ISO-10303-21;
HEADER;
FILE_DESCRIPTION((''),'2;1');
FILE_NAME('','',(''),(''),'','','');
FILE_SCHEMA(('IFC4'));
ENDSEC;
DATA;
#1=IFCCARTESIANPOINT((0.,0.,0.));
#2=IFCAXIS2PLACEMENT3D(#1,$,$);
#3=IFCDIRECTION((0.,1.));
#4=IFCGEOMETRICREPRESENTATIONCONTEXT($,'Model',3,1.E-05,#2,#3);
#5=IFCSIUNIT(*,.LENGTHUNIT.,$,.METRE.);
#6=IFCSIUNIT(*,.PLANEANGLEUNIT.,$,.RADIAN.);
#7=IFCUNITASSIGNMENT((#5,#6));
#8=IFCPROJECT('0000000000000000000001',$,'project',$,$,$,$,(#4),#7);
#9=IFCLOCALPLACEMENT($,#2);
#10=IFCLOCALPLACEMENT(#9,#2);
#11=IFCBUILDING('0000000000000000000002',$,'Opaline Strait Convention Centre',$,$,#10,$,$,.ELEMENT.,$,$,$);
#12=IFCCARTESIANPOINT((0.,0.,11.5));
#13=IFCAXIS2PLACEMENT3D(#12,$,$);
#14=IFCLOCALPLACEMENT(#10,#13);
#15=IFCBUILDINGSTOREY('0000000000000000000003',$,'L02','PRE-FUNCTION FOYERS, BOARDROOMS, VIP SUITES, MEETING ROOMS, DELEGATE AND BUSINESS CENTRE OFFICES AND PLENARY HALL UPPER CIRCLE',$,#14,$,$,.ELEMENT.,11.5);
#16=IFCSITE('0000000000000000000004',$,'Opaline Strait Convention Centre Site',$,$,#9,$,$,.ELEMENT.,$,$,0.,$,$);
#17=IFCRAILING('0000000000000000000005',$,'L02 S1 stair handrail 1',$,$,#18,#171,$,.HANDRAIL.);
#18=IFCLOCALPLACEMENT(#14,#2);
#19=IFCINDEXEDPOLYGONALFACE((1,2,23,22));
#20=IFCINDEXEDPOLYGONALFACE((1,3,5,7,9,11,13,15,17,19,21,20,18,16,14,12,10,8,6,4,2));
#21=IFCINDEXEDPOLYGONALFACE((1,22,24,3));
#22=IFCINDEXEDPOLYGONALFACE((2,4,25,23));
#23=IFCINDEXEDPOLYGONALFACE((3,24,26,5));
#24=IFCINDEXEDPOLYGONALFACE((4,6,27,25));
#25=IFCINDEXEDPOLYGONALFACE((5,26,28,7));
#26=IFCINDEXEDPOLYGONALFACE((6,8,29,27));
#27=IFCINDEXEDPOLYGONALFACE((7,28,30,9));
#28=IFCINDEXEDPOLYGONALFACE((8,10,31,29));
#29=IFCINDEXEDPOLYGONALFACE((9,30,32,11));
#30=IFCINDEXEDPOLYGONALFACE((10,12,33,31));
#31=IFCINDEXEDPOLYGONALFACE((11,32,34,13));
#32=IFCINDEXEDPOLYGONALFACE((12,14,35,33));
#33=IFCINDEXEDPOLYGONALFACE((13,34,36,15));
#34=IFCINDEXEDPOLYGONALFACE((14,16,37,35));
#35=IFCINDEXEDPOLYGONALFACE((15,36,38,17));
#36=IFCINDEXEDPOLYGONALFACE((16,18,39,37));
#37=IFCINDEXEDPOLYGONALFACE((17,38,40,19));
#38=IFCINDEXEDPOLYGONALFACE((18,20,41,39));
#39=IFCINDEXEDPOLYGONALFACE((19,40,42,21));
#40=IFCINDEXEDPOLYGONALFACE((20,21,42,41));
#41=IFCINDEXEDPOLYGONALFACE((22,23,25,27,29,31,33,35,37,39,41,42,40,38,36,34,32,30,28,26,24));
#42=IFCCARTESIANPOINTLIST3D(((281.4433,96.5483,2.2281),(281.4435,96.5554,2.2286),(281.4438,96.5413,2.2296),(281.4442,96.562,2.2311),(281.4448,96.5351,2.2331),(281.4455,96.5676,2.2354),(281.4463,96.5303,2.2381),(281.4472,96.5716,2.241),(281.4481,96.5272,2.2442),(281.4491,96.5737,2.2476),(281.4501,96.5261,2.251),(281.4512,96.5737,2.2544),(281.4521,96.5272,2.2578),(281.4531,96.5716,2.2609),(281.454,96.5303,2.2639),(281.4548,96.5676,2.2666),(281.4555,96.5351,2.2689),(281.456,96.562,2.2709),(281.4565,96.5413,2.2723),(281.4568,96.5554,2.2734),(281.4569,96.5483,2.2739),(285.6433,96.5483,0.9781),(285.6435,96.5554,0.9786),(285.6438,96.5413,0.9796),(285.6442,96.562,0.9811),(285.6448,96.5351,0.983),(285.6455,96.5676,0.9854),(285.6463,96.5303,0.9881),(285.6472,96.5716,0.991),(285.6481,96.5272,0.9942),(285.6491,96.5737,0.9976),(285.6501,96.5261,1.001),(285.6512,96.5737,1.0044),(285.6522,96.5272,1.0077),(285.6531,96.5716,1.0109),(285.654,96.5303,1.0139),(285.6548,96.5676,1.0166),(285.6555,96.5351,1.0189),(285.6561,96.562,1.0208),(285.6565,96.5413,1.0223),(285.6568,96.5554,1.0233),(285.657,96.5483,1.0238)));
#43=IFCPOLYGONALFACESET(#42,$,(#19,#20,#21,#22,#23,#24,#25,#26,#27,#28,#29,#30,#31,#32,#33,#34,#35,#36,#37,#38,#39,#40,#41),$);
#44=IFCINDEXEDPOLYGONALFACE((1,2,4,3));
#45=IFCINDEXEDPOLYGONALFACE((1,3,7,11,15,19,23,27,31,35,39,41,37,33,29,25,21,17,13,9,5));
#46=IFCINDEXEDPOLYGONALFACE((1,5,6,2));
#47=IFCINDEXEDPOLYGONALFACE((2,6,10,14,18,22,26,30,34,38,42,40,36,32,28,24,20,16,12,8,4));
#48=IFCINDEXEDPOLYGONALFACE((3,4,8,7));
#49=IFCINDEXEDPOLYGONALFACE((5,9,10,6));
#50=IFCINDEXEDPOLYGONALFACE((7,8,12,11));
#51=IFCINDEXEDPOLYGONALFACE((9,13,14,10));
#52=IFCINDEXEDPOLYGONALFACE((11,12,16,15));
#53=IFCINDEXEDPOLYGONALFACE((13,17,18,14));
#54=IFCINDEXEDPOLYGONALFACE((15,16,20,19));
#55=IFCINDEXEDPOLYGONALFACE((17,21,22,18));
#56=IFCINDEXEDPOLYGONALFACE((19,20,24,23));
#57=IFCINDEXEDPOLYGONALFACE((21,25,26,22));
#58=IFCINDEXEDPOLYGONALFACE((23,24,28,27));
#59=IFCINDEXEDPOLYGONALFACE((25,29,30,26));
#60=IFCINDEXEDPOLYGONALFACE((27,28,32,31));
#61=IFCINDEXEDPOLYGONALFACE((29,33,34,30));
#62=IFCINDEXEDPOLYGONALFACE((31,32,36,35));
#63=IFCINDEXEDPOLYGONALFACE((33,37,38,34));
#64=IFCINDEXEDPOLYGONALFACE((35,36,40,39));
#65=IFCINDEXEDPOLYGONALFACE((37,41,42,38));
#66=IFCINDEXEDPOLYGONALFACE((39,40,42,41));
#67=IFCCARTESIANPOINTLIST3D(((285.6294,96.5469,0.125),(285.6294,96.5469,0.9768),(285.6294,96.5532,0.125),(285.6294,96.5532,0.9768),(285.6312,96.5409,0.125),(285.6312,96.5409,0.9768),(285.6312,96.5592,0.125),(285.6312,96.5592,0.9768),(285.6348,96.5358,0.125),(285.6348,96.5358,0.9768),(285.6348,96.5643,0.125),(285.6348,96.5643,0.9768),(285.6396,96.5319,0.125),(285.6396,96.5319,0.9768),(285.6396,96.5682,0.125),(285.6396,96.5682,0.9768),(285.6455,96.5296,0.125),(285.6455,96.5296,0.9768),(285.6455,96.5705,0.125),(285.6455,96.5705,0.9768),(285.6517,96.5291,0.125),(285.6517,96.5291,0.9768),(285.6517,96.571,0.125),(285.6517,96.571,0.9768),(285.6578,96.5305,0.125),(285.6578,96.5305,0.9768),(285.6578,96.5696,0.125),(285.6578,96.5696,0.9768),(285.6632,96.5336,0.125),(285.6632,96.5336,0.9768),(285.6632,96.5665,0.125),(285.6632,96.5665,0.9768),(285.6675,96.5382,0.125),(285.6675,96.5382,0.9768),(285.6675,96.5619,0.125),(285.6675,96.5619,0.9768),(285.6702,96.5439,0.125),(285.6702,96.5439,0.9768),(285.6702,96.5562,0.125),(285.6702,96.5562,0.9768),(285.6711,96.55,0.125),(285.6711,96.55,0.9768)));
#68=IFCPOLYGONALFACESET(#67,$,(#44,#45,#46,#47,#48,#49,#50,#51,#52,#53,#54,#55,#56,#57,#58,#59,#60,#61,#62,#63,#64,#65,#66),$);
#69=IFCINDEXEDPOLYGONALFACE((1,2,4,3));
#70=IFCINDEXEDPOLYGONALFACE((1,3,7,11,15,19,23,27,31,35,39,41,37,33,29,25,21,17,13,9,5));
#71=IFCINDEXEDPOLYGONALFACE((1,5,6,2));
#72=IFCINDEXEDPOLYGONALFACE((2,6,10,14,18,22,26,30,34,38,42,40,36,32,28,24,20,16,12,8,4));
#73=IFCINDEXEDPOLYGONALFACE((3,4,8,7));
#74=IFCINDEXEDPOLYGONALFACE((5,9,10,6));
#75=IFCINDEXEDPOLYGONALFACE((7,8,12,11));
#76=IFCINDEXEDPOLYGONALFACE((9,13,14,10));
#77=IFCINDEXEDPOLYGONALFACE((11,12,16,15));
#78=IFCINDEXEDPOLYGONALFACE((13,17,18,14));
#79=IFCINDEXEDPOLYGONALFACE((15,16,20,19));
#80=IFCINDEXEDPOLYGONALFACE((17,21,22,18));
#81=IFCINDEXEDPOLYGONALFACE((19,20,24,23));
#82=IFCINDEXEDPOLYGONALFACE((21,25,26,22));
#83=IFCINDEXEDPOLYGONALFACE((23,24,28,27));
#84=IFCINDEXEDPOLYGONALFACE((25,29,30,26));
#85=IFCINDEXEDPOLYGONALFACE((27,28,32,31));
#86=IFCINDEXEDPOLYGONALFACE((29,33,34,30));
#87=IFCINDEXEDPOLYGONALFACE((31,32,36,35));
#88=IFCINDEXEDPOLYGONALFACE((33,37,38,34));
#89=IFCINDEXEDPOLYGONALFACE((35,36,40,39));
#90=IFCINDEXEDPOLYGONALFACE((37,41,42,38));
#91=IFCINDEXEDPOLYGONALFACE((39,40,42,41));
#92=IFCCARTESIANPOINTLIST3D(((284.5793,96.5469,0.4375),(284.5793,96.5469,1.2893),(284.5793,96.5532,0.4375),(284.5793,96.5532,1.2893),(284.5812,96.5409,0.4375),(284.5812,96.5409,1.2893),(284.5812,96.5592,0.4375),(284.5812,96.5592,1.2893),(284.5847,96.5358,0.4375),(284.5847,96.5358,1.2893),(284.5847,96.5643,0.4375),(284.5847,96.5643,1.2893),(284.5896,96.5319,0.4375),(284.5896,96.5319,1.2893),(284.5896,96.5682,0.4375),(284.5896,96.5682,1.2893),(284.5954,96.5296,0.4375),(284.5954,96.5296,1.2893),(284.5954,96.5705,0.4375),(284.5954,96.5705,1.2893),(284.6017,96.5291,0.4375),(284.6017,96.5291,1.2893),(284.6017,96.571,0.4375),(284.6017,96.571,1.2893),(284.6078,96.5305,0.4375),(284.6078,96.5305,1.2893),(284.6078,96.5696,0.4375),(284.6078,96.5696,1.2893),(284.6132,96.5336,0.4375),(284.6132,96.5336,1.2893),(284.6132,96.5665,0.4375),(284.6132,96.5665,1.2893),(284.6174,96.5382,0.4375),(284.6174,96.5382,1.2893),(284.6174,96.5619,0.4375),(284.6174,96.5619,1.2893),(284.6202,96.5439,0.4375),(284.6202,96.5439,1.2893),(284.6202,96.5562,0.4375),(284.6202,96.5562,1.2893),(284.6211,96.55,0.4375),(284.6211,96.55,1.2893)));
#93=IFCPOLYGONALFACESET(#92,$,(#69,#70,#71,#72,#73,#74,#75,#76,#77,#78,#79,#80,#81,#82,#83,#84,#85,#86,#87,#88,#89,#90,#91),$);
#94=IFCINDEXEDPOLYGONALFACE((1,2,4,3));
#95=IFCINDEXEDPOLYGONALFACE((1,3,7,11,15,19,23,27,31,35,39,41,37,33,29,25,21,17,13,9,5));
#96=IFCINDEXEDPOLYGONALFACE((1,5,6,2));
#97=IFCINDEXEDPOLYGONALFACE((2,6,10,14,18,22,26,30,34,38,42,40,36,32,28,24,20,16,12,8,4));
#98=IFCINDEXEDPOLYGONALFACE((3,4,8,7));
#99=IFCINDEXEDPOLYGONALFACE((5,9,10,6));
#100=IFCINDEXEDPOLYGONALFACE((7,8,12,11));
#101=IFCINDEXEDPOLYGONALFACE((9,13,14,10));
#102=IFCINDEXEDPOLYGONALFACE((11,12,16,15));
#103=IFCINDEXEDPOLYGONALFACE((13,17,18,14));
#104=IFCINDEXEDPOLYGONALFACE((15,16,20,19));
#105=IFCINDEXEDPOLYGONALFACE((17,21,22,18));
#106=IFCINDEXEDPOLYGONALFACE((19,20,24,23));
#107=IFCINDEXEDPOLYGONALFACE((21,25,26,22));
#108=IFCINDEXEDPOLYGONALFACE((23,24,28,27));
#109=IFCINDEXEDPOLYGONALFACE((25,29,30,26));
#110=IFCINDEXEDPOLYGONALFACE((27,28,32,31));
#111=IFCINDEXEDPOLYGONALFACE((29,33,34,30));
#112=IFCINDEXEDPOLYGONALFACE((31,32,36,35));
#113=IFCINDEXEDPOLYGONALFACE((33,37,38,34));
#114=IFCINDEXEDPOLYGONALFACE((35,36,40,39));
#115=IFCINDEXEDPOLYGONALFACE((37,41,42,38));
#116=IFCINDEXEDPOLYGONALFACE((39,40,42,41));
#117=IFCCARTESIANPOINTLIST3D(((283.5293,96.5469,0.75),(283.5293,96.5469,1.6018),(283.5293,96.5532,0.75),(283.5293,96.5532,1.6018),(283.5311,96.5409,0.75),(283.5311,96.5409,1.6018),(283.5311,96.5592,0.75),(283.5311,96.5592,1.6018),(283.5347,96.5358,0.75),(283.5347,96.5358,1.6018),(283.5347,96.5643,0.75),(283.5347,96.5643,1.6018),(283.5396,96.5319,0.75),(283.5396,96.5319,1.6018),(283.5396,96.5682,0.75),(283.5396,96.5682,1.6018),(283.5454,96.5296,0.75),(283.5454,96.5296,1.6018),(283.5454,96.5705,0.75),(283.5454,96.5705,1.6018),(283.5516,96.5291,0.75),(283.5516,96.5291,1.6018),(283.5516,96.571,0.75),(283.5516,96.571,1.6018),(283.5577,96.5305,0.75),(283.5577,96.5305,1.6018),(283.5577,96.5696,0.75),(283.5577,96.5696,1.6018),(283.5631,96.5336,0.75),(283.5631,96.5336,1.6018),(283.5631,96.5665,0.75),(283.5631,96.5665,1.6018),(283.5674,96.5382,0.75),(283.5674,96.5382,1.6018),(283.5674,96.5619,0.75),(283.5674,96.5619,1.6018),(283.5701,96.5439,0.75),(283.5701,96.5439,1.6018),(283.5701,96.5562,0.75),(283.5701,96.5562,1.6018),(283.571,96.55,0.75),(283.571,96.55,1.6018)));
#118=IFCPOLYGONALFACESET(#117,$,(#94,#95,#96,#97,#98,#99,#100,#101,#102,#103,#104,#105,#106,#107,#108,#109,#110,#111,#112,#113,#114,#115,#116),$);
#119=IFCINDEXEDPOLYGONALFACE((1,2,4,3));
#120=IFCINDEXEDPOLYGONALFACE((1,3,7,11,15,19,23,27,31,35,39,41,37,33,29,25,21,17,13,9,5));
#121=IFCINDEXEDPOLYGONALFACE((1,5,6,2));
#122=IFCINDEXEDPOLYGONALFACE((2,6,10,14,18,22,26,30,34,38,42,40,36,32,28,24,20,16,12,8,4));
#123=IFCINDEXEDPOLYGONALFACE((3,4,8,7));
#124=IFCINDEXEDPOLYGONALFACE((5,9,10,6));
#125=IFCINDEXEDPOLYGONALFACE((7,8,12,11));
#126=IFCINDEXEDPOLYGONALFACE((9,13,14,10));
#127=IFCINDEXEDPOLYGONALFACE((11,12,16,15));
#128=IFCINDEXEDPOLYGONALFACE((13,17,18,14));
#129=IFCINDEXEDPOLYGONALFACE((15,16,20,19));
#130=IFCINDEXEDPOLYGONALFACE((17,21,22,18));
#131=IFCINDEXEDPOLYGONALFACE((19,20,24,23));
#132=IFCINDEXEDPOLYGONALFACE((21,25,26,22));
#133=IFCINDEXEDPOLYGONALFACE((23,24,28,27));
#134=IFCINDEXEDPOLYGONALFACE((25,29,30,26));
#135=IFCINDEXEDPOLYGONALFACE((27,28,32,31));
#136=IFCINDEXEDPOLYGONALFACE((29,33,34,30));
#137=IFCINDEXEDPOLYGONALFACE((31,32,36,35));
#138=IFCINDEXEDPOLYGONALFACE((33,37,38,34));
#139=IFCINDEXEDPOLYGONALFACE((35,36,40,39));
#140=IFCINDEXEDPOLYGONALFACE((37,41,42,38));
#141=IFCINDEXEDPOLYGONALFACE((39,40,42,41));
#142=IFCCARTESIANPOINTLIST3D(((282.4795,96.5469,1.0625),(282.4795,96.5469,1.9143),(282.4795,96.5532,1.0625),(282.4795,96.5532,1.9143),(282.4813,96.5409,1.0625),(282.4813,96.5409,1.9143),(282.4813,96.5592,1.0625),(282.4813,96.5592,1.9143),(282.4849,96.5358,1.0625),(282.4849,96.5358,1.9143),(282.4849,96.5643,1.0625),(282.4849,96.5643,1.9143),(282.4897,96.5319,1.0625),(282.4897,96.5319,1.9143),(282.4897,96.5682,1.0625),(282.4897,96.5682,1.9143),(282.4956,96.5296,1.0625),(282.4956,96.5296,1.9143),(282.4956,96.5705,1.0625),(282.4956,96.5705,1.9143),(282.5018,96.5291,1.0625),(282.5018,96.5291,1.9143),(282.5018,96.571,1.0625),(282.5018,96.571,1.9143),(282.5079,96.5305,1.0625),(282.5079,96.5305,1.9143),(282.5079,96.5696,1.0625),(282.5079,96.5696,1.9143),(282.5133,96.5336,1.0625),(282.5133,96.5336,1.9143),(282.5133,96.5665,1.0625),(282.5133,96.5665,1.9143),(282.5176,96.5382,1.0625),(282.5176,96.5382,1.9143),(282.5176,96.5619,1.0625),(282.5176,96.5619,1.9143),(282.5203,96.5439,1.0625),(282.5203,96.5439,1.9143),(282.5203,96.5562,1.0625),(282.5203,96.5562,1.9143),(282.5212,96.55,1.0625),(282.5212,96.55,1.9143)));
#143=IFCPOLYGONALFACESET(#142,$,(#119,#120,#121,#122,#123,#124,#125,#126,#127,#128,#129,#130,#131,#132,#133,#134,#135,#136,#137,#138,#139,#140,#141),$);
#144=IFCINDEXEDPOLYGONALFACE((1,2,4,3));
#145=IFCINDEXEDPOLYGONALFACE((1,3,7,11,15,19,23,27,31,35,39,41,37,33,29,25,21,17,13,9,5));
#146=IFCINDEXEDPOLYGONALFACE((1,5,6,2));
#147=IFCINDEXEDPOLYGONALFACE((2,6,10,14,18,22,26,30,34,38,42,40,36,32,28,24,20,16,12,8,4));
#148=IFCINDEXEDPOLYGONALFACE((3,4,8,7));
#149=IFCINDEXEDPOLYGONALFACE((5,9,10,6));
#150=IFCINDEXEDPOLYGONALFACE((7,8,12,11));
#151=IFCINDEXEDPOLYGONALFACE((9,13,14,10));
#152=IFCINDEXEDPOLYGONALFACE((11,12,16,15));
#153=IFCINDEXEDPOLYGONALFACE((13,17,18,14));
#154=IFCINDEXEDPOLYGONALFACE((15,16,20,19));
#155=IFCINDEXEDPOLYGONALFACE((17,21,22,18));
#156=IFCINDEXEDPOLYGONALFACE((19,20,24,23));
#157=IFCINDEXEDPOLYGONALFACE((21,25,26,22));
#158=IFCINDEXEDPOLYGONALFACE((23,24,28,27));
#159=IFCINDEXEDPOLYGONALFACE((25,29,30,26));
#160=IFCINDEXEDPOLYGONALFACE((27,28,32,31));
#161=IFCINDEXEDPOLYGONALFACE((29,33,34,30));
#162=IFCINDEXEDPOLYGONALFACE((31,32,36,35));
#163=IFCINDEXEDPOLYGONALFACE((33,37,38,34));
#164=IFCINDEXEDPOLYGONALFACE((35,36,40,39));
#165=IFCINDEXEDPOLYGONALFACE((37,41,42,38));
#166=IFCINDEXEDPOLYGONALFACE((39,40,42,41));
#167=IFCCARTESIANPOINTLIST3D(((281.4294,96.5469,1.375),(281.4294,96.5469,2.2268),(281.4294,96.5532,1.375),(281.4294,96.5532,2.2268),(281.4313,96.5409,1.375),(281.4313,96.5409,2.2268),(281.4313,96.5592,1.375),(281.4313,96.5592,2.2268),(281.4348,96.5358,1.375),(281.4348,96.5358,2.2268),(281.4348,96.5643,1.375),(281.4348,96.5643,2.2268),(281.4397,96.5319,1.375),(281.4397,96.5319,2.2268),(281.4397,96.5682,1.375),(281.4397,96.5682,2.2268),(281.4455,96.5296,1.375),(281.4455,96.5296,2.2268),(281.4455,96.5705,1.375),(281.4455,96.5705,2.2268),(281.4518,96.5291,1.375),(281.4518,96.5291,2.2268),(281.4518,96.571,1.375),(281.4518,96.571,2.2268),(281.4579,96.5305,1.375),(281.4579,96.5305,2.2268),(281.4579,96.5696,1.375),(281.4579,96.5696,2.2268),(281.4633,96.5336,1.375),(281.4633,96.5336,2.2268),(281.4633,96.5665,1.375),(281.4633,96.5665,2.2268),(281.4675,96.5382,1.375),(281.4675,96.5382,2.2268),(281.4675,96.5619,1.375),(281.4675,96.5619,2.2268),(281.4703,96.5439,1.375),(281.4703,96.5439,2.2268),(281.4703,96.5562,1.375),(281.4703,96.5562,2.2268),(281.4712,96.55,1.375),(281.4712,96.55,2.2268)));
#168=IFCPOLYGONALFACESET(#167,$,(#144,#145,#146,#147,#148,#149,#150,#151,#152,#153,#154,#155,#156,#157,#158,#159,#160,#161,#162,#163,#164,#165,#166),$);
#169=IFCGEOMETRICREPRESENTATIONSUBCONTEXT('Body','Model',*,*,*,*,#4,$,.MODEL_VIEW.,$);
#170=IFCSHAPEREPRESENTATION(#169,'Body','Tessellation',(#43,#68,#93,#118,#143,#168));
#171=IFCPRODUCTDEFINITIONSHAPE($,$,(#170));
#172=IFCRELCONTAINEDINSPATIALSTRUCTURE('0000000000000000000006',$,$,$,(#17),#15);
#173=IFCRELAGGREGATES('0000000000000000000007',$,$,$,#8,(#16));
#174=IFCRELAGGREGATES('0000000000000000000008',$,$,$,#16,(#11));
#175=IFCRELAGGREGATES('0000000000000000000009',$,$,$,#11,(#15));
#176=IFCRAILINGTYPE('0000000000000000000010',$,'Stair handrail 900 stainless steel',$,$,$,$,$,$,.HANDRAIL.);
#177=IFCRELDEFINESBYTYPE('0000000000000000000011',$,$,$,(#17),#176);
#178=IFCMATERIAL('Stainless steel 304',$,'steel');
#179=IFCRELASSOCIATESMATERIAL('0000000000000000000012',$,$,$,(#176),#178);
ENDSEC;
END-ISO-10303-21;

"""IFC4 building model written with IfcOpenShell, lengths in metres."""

from ifc_helpers import new_model, si_unit, direction, frame, origin, origin_2d, place, context, subcontext, project, spatial, circle, extrude, material, type_object, element, save


model = new_model("IFC4")

# Units and contexts
model_context = context("Model", 3, precision=1e-05, world=origin(), true_north=direction((0.0, 1.0)))
body_context = subcontext(model_context, "Body", "Model", "MODEL_VIEW")
ifc_project = project(units=[si_unit("LENGTHUNIT", "METRE"), si_unit("PLANEANGLEUNIT", "RADIAN")], contexts=[model_context])

# Site, building, storey
site_placement = place(None, origin())
site = spatial("IfcSite", under=ifc_project, at=site_placement, Name="Opaline Strait Convention Centre Site", CompositionType="ELEMENT", RefElevation=0.0)
building_placement = place(site_placement, origin())
building = spatial("IfcBuilding", under=site, at=building_placement, Name="Opaline Strait Convention Centre", CompositionType="ELEMENT")
storey_placement = place(building_placement, frame((0.0, 0.0, 11.5)))
storey = spatial("IfcBuildingStorey", under=building, at=storey_placement, Name="L02", Description="PRE-FUNCTION FOYERS, BOARDROOMS, VIP SUITES, MEETING ROOMS, DELEGATE AND BUSINESS CENTRE OFFICES AND PLENARY HALL UPPER CIRCLE", CompositionType="ELEMENT", Elevation=11.5)

# Shared definitions
ifc_material_1 = material(Name="Stainless steel 304", Category="steel")

# Railing
railing_type_1 = type_object("IfcRailingType", Name="Stair handrail 900 stainless steel", PredefinedType="HANDRAIL", material=ifc_material_1)
for number, where, name in (
    (1, (285.6501, 96.55, 0.125), "L02 S1 stair handrail 1"),
):
    element("IfcRailing", number, at=place(storey_placement, frame(where)), inside=storey, type_object=railing_type_1, Name=name, PredefinedType="HANDRAIL", context=body_context, shape_type="SweptSolid", body=[
        extrude(circle(Radius=0.0239, at=origin_2d()), frame((0.0, 0.0, 0.876), z_axis=(-0.958451, 0.0, 0.285257), x_axis=(0.0, -1.0, 0.0)), (0.0, 0.0, 1.0), 4.3821),
        extrude(circle(Radius=0.021, at=origin_2d()), origin(), (0.0, 0.0, 1.0), 0.8518),
        extrude(circle(Radius=0.021, at=origin_2d()), frame((-1.05, 0.0, 0.3125)), (0.0, 0.0, 1.0), 0.8518),
        extrude(circle(Radius=0.021, at=origin_2d()), frame((-2.1001, 0.0, 0.625)), (0.0, 0.0, 1.0), 0.8518),
        extrude(circle(Radius=0.021, at=origin_2d()), frame((-3.1499, 0.0, 0.9375)), (0.0, 0.0, 1.0), 0.8518),
        extrude(circle(Radius=0.021, at=origin_2d()), frame((-4.2, 0.0, 1.25)), (0.0, 0.0, 1.0), 0.8518),
    ])

save(model, "model.ifc")
